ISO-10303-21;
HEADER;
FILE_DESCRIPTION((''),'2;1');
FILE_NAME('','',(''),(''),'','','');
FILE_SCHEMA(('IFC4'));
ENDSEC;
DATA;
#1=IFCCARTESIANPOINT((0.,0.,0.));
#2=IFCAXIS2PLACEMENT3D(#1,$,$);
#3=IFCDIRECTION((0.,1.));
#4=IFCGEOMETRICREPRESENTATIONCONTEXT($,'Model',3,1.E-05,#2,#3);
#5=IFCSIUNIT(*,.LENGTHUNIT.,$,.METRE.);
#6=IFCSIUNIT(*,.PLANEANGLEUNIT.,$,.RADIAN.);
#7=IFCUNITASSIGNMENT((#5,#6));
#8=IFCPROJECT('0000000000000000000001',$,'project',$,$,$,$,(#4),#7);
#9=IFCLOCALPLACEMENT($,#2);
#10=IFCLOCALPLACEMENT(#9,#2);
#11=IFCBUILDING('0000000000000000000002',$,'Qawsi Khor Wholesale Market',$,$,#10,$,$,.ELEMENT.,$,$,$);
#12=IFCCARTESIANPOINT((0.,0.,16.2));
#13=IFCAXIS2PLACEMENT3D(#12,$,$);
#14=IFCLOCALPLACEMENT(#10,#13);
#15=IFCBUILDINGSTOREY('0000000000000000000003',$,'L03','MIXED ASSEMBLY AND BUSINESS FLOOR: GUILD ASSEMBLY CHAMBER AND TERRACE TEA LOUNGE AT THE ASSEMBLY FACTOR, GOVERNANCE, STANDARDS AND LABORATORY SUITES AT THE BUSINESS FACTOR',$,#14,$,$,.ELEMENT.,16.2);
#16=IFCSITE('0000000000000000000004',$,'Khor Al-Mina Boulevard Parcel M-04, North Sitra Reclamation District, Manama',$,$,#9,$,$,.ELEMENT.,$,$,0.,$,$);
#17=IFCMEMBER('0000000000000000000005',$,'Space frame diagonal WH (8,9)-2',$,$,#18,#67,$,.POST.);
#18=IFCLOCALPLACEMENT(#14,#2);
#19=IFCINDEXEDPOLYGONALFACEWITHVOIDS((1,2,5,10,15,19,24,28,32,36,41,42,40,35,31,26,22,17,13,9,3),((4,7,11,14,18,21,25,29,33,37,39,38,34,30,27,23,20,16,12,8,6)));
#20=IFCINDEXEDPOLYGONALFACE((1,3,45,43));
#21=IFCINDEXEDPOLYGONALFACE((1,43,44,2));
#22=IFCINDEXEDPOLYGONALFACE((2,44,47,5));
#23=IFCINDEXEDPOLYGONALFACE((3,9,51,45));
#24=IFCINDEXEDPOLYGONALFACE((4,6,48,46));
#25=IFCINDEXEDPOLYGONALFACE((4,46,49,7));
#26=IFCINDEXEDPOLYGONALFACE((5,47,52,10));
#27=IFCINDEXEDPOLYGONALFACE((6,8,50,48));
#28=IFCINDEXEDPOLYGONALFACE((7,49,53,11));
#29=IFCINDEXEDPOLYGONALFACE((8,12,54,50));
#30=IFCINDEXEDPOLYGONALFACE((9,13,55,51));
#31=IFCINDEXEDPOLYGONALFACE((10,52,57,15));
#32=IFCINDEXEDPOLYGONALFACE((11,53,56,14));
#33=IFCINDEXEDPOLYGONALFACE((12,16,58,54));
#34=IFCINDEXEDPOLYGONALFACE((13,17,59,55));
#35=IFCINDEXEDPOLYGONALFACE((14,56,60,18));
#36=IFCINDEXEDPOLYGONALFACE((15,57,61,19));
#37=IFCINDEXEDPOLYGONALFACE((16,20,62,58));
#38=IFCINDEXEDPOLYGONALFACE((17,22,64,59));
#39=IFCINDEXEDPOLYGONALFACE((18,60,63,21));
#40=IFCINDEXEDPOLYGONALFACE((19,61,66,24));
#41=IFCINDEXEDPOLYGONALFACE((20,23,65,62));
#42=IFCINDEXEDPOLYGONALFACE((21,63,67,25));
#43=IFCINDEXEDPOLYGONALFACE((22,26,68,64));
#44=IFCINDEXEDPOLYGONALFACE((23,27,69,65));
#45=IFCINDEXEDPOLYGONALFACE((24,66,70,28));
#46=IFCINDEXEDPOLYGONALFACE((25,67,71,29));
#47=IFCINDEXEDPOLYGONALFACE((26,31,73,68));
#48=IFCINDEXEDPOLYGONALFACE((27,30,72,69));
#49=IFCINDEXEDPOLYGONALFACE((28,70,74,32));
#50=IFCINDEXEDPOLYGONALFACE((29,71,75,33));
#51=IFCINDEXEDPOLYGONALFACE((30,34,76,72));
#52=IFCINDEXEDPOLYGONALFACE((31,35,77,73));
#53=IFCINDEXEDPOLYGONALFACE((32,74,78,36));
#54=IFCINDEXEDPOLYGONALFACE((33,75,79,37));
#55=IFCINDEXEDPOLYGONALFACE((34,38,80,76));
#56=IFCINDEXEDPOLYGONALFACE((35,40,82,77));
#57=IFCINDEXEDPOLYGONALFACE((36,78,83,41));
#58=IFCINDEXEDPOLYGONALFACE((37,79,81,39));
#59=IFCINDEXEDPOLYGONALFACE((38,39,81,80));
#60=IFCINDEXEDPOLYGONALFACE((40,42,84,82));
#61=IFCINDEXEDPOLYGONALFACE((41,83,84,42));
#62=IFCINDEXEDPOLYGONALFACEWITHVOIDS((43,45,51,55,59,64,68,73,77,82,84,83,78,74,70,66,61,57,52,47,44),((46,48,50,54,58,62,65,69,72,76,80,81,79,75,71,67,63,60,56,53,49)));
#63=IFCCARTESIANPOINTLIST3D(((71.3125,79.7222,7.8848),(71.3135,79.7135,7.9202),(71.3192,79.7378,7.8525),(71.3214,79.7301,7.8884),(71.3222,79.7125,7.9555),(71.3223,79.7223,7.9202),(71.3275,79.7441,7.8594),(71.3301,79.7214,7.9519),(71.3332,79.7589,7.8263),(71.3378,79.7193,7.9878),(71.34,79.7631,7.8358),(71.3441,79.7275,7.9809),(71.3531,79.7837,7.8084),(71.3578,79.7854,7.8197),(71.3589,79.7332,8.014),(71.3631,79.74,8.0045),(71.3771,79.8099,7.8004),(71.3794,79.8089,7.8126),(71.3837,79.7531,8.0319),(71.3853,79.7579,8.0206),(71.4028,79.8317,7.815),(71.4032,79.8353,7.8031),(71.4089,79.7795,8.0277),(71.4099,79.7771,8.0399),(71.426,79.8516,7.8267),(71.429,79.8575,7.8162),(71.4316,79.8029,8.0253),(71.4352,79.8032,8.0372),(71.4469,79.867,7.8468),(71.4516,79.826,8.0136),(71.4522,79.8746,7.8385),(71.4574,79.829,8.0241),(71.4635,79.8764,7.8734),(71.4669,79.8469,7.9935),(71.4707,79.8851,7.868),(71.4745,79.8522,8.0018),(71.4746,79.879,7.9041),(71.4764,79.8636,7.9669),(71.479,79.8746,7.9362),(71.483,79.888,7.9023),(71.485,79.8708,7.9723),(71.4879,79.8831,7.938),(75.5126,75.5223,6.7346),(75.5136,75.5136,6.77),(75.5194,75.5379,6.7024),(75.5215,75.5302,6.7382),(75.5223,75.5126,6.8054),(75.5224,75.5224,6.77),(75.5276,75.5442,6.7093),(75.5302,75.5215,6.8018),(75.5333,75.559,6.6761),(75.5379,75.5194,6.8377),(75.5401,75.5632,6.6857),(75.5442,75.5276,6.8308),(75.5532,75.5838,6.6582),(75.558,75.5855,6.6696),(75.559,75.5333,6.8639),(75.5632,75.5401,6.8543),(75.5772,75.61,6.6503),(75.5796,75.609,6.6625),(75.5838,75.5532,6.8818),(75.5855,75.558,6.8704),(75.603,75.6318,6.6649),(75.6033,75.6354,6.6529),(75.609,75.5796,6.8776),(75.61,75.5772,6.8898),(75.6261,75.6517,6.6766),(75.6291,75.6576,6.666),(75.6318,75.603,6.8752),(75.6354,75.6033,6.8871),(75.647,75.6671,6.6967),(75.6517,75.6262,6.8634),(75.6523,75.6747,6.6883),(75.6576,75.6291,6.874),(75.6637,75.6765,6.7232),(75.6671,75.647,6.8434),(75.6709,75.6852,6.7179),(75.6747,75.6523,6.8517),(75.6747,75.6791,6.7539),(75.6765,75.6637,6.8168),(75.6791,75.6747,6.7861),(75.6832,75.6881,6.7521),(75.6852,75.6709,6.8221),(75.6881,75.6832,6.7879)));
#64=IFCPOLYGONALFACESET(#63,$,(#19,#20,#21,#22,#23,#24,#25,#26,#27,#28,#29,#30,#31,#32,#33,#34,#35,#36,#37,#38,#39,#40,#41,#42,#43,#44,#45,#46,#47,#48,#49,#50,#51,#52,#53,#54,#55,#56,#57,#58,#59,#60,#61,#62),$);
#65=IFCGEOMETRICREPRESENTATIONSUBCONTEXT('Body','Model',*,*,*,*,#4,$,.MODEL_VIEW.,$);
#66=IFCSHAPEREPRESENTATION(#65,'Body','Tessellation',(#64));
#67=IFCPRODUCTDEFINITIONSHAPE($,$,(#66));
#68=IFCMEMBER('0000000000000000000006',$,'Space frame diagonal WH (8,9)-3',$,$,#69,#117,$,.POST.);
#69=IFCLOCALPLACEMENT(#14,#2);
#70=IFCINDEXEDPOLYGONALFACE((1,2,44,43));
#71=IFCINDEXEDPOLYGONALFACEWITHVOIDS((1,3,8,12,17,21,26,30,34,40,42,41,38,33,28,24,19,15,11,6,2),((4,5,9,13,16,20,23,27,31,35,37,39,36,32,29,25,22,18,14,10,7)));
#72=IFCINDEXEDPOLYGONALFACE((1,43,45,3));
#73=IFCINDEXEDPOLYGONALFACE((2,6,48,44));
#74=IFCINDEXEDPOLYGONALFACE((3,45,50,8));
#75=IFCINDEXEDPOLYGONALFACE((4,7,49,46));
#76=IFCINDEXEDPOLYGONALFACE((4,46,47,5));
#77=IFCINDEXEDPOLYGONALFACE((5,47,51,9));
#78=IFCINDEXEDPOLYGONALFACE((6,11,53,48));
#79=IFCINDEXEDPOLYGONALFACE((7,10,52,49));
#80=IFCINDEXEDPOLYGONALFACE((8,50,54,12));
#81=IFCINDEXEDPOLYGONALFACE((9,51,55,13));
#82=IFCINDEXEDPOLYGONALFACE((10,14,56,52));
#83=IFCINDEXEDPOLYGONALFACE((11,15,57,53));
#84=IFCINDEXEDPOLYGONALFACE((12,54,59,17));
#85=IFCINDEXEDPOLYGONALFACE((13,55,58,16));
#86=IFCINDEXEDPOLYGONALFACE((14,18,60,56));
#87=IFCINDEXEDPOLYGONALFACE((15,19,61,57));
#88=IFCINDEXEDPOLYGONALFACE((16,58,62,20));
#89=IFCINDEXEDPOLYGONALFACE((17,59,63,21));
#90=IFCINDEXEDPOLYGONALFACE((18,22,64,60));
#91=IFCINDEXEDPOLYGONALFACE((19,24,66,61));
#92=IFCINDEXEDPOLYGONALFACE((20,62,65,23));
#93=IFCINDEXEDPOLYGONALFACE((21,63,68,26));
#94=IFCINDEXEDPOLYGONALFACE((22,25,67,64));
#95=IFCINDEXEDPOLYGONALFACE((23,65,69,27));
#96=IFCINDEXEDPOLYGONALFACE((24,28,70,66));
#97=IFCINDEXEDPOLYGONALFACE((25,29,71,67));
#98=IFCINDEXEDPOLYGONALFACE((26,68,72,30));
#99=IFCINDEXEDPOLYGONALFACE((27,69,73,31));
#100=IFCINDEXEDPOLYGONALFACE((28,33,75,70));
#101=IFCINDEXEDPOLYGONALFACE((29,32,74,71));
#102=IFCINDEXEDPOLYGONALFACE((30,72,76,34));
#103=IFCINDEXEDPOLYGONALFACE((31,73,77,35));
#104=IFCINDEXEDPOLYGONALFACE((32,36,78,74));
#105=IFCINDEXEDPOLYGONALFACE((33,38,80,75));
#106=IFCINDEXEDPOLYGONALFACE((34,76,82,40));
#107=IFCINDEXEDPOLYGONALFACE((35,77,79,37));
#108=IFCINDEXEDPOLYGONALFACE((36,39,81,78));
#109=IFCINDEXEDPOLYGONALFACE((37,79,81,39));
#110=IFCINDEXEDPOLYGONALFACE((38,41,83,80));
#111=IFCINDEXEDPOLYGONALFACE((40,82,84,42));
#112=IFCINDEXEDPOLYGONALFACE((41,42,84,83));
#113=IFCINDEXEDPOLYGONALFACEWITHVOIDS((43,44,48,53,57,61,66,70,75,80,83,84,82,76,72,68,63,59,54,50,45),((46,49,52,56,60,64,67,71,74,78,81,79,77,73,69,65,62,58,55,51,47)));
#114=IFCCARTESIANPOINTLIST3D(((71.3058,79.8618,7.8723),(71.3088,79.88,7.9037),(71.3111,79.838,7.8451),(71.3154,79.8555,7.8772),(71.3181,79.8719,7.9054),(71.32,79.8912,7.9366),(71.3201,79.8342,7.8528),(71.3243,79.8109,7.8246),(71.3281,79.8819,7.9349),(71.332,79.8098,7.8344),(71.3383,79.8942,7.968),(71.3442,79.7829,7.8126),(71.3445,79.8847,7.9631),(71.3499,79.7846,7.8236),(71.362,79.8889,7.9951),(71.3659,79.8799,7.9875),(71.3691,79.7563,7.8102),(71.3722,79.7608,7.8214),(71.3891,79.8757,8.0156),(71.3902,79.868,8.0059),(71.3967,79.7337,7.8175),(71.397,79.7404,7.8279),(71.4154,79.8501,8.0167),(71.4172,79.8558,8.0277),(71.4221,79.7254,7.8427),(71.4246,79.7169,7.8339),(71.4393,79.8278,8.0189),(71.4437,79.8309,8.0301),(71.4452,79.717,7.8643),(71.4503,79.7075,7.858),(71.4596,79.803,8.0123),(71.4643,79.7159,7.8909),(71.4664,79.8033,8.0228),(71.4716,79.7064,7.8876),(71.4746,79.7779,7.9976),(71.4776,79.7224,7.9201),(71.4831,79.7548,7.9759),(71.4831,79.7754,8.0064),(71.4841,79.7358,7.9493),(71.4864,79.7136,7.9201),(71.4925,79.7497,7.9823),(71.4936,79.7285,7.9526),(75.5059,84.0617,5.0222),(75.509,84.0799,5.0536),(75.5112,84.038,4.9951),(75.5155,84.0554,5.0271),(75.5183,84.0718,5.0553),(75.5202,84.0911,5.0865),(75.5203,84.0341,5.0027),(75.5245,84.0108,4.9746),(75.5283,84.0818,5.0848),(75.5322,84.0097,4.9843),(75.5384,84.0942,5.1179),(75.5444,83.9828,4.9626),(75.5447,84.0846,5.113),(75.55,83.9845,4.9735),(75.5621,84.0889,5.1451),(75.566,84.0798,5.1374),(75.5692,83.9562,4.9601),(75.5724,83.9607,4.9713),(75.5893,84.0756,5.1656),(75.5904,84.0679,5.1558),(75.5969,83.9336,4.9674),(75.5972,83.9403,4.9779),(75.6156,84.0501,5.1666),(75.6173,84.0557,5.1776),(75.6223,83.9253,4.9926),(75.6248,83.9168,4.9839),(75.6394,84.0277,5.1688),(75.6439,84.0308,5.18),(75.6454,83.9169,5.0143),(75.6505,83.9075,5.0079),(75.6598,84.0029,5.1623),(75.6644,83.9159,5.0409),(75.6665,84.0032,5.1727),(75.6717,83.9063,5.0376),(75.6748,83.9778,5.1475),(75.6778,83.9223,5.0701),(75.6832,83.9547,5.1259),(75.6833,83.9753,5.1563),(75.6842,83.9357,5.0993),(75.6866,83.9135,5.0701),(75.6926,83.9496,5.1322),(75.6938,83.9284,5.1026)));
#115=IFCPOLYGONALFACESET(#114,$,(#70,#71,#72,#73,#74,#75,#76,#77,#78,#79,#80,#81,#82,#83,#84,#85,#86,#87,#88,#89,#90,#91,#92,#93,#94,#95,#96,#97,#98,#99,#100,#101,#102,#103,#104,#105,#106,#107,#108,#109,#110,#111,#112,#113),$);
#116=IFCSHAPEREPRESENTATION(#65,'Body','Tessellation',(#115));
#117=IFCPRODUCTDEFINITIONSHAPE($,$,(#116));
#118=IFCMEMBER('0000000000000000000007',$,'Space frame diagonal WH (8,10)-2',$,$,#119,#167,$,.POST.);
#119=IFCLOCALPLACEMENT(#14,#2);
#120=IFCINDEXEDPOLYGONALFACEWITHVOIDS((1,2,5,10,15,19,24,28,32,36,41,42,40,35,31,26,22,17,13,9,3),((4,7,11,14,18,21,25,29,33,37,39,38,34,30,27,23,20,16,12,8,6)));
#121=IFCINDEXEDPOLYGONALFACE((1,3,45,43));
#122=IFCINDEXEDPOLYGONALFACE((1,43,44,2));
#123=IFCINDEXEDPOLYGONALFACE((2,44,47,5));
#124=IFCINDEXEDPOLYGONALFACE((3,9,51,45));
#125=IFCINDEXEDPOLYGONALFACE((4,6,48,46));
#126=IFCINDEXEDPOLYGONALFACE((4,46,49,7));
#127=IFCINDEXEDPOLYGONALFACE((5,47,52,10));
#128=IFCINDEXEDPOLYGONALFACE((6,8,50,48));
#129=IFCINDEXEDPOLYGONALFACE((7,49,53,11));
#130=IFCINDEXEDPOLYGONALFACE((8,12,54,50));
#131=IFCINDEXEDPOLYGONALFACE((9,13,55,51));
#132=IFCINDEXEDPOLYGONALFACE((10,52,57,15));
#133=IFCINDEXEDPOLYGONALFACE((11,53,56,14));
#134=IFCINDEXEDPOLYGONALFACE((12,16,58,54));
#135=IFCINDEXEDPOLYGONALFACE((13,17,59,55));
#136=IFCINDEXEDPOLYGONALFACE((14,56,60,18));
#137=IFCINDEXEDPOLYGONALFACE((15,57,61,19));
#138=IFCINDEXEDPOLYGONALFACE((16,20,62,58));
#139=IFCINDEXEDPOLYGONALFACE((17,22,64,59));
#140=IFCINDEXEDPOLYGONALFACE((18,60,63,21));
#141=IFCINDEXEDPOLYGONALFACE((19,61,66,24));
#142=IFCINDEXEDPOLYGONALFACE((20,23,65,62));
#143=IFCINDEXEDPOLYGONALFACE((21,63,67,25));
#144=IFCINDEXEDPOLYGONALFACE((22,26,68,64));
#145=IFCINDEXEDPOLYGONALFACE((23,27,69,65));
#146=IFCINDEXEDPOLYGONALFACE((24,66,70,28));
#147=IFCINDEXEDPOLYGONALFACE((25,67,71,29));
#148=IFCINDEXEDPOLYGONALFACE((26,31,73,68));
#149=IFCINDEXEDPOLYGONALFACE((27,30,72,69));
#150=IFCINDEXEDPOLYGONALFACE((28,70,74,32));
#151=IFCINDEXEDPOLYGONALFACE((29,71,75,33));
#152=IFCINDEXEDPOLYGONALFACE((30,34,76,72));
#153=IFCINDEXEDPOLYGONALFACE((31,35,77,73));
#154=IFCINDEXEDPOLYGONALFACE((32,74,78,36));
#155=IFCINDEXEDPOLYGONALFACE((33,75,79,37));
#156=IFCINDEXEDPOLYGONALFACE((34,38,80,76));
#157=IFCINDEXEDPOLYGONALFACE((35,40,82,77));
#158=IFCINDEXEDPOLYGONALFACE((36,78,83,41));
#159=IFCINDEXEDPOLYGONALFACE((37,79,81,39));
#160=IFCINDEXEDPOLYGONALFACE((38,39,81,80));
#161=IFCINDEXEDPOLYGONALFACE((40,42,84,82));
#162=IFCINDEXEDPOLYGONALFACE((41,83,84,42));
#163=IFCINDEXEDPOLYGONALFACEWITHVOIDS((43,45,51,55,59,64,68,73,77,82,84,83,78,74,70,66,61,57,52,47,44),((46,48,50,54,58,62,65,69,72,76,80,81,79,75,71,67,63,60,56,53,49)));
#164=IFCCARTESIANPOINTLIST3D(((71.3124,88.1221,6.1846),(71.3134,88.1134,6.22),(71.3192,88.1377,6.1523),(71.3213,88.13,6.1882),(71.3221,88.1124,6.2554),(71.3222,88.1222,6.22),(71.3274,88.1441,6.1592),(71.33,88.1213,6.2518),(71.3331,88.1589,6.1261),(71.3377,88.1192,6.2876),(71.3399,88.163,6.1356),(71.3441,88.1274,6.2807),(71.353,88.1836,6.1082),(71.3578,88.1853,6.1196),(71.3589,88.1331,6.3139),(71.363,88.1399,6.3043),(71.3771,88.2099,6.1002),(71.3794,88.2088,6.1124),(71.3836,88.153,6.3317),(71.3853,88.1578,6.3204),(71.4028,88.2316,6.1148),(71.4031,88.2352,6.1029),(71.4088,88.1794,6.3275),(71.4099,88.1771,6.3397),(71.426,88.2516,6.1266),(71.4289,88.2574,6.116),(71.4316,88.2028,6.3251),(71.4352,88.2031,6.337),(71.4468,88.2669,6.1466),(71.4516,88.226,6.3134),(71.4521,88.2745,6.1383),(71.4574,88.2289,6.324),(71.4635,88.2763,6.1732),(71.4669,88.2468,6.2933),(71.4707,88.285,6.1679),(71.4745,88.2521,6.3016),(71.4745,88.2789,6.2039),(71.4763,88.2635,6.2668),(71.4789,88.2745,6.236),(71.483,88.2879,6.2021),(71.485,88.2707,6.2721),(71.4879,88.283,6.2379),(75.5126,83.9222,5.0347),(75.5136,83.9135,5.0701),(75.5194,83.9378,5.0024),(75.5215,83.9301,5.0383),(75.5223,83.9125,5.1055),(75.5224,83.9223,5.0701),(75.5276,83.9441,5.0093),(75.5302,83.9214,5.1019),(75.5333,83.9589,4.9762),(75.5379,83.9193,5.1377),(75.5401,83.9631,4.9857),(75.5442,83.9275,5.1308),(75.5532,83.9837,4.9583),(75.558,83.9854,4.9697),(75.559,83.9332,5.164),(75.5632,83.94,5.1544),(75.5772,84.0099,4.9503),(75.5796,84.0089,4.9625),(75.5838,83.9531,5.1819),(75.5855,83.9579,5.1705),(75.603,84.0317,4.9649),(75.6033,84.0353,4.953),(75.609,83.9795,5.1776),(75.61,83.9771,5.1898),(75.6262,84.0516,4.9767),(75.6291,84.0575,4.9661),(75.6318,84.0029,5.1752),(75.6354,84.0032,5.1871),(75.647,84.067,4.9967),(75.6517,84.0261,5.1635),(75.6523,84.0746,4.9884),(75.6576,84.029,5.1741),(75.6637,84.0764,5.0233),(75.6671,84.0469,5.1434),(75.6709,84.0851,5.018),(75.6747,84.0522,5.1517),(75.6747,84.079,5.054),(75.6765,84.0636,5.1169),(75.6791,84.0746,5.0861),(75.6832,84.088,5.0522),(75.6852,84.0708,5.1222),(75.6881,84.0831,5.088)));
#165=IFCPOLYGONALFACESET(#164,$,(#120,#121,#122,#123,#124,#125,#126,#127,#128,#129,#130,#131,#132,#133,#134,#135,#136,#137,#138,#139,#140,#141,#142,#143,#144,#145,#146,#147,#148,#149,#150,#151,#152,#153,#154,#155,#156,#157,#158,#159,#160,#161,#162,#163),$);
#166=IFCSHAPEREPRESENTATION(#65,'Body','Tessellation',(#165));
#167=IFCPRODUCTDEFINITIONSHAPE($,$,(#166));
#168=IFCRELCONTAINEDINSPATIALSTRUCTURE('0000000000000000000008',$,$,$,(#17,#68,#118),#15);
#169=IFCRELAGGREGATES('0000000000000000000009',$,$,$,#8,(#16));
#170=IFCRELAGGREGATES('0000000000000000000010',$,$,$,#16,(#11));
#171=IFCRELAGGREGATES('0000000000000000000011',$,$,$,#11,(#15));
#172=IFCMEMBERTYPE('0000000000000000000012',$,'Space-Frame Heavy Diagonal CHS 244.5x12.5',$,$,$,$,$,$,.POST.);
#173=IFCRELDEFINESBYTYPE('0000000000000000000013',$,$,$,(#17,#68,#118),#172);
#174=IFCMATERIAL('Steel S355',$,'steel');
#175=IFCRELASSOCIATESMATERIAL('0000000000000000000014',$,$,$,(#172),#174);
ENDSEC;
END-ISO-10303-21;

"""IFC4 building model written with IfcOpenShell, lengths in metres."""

from ifc_helpers import new_model, si_unit, direction, frame, origin, origin_2d, place, context, subcontext, project, spatial, hollow_circle, extrude, material, material_profile, profile_set, type_object, element, save


model = new_model("IFC4")

# Units and contexts
model_context = context("Model", 3, precision=1e-05, world=origin(), true_north=direction((0.0, 1.0)))
body_context = subcontext(model_context, "Body", "Model", "MODEL_VIEW")
ifc_project = project(units=[si_unit("LENGTHUNIT", "METRE"), si_unit("PLANEANGLEUNIT", "RADIAN")], contexts=[model_context])

# Site, building, storey
site_placement = place(None, origin())
site = spatial("IfcSite", under=ifc_project, at=site_placement, Name="Khor Al-Mina Boulevard Parcel M-04, North Sitra Reclamation District, Manama", CompositionType="ELEMENT", RefElevation=0.0)
building_placement = place(site_placement, origin())
building = spatial("IfcBuilding", under=site, at=building_placement, Name="Qawsi Khor Wholesale Market", CompositionType="ELEMENT")
storey_placement = place(building_placement, frame((0.0, 0.0, 16.2)))
storey = spatial("IfcBuildingStorey", under=building, at=storey_placement, Name="L03", Description="MIXED ASSEMBLY AND BUSINESS FLOOR: GUILD ASSEMBLY CHAMBER AND TERRACE TEA LOUNGE AT THE ASSEMBLY FACTOR, GOVERNANCE, STANDARDS AND LABORATORY SUITES AT THE BUSINESS FACTOR", CompositionType="ELEMENT", Elevation=16.2)

# Members
ifc_material_1 = material(Name="Steel S355", Category="steel")
ifc_material_profile_1 = material_profile(ifc_material_1, hollow_circle(Radius=0.1223, WallThickness=0.0125, at=origin_2d()), Name="CHS 244.5x12.5")
ifc_profile_set_1 = profile_set([ifc_material_profile_1], Name="Steel S355")
member_type_1 = type_object("IfcMemberType", Name="Space-Frame Heavy Diagonal CHS 244.5x12.5", PredefinedType="POST", material=ifc_profile_set_1)
member_1_placement = place(storey_placement, frame((75.6001, 75.6001, 6.77), z_axis=(-0.694232, 0.694192, 0.190103), x_axis=(-0.707086, -0.707127, 0.0)))
element("IfcMember", 1, at=member_1_placement, inside=storey, type_object=member_type_1, Name="Space frame diagonal WH (8,9)-2", PredefinedType="POST", context=body_context, shape_type="SweptSolid", body=[
    extrude(hollow_circle(Radius=0.1223, WallThickness=0.0125, at=origin_2d()), origin(), (0.0, 0.0, 1.0), 6.05),
])
member_2_placement = place(storey_placement, frame((75.6001, 84.0, 5.0701), z_axis=(-0.637534, -0.637497, 0.432607), x_axis=(0.707086, -0.707127, 0.0)))
element("IfcMember", 2, at=member_2_placement, inside=storey, type_object=member_type_1, Name="Space frame diagonal WH (8,9)-3", PredefinedType="POST", context=body_context, shape_type="SweptSolid", body=[
    extrude(hollow_circle(Radius=0.1223, WallThickness=0.0125, at=origin_2d()), origin(), (0.0, 0.0, 1.0), 6.5881),
])
member_3_placement = place(storey_placement, frame((75.6001, 84.0, 5.0701), z_axis=(-0.694238, 0.694197, 0.190064), x_axis=(-0.707086, -0.707127, 0.0)))
element("IfcMember", 3, at=member_3_placement, inside=storey, type_object=member_type_1, Name="Space frame diagonal WH (8,10)-2", PredefinedType="POST", context=body_context, shape_type="SweptSolid", body=[
    extrude(hollow_circle(Radius=0.1223, WallThickness=0.0125, at=origin_2d()), origin(), (0.0, 0.0, 1.0), 6.05),
])

save(model, "model.ifc")
